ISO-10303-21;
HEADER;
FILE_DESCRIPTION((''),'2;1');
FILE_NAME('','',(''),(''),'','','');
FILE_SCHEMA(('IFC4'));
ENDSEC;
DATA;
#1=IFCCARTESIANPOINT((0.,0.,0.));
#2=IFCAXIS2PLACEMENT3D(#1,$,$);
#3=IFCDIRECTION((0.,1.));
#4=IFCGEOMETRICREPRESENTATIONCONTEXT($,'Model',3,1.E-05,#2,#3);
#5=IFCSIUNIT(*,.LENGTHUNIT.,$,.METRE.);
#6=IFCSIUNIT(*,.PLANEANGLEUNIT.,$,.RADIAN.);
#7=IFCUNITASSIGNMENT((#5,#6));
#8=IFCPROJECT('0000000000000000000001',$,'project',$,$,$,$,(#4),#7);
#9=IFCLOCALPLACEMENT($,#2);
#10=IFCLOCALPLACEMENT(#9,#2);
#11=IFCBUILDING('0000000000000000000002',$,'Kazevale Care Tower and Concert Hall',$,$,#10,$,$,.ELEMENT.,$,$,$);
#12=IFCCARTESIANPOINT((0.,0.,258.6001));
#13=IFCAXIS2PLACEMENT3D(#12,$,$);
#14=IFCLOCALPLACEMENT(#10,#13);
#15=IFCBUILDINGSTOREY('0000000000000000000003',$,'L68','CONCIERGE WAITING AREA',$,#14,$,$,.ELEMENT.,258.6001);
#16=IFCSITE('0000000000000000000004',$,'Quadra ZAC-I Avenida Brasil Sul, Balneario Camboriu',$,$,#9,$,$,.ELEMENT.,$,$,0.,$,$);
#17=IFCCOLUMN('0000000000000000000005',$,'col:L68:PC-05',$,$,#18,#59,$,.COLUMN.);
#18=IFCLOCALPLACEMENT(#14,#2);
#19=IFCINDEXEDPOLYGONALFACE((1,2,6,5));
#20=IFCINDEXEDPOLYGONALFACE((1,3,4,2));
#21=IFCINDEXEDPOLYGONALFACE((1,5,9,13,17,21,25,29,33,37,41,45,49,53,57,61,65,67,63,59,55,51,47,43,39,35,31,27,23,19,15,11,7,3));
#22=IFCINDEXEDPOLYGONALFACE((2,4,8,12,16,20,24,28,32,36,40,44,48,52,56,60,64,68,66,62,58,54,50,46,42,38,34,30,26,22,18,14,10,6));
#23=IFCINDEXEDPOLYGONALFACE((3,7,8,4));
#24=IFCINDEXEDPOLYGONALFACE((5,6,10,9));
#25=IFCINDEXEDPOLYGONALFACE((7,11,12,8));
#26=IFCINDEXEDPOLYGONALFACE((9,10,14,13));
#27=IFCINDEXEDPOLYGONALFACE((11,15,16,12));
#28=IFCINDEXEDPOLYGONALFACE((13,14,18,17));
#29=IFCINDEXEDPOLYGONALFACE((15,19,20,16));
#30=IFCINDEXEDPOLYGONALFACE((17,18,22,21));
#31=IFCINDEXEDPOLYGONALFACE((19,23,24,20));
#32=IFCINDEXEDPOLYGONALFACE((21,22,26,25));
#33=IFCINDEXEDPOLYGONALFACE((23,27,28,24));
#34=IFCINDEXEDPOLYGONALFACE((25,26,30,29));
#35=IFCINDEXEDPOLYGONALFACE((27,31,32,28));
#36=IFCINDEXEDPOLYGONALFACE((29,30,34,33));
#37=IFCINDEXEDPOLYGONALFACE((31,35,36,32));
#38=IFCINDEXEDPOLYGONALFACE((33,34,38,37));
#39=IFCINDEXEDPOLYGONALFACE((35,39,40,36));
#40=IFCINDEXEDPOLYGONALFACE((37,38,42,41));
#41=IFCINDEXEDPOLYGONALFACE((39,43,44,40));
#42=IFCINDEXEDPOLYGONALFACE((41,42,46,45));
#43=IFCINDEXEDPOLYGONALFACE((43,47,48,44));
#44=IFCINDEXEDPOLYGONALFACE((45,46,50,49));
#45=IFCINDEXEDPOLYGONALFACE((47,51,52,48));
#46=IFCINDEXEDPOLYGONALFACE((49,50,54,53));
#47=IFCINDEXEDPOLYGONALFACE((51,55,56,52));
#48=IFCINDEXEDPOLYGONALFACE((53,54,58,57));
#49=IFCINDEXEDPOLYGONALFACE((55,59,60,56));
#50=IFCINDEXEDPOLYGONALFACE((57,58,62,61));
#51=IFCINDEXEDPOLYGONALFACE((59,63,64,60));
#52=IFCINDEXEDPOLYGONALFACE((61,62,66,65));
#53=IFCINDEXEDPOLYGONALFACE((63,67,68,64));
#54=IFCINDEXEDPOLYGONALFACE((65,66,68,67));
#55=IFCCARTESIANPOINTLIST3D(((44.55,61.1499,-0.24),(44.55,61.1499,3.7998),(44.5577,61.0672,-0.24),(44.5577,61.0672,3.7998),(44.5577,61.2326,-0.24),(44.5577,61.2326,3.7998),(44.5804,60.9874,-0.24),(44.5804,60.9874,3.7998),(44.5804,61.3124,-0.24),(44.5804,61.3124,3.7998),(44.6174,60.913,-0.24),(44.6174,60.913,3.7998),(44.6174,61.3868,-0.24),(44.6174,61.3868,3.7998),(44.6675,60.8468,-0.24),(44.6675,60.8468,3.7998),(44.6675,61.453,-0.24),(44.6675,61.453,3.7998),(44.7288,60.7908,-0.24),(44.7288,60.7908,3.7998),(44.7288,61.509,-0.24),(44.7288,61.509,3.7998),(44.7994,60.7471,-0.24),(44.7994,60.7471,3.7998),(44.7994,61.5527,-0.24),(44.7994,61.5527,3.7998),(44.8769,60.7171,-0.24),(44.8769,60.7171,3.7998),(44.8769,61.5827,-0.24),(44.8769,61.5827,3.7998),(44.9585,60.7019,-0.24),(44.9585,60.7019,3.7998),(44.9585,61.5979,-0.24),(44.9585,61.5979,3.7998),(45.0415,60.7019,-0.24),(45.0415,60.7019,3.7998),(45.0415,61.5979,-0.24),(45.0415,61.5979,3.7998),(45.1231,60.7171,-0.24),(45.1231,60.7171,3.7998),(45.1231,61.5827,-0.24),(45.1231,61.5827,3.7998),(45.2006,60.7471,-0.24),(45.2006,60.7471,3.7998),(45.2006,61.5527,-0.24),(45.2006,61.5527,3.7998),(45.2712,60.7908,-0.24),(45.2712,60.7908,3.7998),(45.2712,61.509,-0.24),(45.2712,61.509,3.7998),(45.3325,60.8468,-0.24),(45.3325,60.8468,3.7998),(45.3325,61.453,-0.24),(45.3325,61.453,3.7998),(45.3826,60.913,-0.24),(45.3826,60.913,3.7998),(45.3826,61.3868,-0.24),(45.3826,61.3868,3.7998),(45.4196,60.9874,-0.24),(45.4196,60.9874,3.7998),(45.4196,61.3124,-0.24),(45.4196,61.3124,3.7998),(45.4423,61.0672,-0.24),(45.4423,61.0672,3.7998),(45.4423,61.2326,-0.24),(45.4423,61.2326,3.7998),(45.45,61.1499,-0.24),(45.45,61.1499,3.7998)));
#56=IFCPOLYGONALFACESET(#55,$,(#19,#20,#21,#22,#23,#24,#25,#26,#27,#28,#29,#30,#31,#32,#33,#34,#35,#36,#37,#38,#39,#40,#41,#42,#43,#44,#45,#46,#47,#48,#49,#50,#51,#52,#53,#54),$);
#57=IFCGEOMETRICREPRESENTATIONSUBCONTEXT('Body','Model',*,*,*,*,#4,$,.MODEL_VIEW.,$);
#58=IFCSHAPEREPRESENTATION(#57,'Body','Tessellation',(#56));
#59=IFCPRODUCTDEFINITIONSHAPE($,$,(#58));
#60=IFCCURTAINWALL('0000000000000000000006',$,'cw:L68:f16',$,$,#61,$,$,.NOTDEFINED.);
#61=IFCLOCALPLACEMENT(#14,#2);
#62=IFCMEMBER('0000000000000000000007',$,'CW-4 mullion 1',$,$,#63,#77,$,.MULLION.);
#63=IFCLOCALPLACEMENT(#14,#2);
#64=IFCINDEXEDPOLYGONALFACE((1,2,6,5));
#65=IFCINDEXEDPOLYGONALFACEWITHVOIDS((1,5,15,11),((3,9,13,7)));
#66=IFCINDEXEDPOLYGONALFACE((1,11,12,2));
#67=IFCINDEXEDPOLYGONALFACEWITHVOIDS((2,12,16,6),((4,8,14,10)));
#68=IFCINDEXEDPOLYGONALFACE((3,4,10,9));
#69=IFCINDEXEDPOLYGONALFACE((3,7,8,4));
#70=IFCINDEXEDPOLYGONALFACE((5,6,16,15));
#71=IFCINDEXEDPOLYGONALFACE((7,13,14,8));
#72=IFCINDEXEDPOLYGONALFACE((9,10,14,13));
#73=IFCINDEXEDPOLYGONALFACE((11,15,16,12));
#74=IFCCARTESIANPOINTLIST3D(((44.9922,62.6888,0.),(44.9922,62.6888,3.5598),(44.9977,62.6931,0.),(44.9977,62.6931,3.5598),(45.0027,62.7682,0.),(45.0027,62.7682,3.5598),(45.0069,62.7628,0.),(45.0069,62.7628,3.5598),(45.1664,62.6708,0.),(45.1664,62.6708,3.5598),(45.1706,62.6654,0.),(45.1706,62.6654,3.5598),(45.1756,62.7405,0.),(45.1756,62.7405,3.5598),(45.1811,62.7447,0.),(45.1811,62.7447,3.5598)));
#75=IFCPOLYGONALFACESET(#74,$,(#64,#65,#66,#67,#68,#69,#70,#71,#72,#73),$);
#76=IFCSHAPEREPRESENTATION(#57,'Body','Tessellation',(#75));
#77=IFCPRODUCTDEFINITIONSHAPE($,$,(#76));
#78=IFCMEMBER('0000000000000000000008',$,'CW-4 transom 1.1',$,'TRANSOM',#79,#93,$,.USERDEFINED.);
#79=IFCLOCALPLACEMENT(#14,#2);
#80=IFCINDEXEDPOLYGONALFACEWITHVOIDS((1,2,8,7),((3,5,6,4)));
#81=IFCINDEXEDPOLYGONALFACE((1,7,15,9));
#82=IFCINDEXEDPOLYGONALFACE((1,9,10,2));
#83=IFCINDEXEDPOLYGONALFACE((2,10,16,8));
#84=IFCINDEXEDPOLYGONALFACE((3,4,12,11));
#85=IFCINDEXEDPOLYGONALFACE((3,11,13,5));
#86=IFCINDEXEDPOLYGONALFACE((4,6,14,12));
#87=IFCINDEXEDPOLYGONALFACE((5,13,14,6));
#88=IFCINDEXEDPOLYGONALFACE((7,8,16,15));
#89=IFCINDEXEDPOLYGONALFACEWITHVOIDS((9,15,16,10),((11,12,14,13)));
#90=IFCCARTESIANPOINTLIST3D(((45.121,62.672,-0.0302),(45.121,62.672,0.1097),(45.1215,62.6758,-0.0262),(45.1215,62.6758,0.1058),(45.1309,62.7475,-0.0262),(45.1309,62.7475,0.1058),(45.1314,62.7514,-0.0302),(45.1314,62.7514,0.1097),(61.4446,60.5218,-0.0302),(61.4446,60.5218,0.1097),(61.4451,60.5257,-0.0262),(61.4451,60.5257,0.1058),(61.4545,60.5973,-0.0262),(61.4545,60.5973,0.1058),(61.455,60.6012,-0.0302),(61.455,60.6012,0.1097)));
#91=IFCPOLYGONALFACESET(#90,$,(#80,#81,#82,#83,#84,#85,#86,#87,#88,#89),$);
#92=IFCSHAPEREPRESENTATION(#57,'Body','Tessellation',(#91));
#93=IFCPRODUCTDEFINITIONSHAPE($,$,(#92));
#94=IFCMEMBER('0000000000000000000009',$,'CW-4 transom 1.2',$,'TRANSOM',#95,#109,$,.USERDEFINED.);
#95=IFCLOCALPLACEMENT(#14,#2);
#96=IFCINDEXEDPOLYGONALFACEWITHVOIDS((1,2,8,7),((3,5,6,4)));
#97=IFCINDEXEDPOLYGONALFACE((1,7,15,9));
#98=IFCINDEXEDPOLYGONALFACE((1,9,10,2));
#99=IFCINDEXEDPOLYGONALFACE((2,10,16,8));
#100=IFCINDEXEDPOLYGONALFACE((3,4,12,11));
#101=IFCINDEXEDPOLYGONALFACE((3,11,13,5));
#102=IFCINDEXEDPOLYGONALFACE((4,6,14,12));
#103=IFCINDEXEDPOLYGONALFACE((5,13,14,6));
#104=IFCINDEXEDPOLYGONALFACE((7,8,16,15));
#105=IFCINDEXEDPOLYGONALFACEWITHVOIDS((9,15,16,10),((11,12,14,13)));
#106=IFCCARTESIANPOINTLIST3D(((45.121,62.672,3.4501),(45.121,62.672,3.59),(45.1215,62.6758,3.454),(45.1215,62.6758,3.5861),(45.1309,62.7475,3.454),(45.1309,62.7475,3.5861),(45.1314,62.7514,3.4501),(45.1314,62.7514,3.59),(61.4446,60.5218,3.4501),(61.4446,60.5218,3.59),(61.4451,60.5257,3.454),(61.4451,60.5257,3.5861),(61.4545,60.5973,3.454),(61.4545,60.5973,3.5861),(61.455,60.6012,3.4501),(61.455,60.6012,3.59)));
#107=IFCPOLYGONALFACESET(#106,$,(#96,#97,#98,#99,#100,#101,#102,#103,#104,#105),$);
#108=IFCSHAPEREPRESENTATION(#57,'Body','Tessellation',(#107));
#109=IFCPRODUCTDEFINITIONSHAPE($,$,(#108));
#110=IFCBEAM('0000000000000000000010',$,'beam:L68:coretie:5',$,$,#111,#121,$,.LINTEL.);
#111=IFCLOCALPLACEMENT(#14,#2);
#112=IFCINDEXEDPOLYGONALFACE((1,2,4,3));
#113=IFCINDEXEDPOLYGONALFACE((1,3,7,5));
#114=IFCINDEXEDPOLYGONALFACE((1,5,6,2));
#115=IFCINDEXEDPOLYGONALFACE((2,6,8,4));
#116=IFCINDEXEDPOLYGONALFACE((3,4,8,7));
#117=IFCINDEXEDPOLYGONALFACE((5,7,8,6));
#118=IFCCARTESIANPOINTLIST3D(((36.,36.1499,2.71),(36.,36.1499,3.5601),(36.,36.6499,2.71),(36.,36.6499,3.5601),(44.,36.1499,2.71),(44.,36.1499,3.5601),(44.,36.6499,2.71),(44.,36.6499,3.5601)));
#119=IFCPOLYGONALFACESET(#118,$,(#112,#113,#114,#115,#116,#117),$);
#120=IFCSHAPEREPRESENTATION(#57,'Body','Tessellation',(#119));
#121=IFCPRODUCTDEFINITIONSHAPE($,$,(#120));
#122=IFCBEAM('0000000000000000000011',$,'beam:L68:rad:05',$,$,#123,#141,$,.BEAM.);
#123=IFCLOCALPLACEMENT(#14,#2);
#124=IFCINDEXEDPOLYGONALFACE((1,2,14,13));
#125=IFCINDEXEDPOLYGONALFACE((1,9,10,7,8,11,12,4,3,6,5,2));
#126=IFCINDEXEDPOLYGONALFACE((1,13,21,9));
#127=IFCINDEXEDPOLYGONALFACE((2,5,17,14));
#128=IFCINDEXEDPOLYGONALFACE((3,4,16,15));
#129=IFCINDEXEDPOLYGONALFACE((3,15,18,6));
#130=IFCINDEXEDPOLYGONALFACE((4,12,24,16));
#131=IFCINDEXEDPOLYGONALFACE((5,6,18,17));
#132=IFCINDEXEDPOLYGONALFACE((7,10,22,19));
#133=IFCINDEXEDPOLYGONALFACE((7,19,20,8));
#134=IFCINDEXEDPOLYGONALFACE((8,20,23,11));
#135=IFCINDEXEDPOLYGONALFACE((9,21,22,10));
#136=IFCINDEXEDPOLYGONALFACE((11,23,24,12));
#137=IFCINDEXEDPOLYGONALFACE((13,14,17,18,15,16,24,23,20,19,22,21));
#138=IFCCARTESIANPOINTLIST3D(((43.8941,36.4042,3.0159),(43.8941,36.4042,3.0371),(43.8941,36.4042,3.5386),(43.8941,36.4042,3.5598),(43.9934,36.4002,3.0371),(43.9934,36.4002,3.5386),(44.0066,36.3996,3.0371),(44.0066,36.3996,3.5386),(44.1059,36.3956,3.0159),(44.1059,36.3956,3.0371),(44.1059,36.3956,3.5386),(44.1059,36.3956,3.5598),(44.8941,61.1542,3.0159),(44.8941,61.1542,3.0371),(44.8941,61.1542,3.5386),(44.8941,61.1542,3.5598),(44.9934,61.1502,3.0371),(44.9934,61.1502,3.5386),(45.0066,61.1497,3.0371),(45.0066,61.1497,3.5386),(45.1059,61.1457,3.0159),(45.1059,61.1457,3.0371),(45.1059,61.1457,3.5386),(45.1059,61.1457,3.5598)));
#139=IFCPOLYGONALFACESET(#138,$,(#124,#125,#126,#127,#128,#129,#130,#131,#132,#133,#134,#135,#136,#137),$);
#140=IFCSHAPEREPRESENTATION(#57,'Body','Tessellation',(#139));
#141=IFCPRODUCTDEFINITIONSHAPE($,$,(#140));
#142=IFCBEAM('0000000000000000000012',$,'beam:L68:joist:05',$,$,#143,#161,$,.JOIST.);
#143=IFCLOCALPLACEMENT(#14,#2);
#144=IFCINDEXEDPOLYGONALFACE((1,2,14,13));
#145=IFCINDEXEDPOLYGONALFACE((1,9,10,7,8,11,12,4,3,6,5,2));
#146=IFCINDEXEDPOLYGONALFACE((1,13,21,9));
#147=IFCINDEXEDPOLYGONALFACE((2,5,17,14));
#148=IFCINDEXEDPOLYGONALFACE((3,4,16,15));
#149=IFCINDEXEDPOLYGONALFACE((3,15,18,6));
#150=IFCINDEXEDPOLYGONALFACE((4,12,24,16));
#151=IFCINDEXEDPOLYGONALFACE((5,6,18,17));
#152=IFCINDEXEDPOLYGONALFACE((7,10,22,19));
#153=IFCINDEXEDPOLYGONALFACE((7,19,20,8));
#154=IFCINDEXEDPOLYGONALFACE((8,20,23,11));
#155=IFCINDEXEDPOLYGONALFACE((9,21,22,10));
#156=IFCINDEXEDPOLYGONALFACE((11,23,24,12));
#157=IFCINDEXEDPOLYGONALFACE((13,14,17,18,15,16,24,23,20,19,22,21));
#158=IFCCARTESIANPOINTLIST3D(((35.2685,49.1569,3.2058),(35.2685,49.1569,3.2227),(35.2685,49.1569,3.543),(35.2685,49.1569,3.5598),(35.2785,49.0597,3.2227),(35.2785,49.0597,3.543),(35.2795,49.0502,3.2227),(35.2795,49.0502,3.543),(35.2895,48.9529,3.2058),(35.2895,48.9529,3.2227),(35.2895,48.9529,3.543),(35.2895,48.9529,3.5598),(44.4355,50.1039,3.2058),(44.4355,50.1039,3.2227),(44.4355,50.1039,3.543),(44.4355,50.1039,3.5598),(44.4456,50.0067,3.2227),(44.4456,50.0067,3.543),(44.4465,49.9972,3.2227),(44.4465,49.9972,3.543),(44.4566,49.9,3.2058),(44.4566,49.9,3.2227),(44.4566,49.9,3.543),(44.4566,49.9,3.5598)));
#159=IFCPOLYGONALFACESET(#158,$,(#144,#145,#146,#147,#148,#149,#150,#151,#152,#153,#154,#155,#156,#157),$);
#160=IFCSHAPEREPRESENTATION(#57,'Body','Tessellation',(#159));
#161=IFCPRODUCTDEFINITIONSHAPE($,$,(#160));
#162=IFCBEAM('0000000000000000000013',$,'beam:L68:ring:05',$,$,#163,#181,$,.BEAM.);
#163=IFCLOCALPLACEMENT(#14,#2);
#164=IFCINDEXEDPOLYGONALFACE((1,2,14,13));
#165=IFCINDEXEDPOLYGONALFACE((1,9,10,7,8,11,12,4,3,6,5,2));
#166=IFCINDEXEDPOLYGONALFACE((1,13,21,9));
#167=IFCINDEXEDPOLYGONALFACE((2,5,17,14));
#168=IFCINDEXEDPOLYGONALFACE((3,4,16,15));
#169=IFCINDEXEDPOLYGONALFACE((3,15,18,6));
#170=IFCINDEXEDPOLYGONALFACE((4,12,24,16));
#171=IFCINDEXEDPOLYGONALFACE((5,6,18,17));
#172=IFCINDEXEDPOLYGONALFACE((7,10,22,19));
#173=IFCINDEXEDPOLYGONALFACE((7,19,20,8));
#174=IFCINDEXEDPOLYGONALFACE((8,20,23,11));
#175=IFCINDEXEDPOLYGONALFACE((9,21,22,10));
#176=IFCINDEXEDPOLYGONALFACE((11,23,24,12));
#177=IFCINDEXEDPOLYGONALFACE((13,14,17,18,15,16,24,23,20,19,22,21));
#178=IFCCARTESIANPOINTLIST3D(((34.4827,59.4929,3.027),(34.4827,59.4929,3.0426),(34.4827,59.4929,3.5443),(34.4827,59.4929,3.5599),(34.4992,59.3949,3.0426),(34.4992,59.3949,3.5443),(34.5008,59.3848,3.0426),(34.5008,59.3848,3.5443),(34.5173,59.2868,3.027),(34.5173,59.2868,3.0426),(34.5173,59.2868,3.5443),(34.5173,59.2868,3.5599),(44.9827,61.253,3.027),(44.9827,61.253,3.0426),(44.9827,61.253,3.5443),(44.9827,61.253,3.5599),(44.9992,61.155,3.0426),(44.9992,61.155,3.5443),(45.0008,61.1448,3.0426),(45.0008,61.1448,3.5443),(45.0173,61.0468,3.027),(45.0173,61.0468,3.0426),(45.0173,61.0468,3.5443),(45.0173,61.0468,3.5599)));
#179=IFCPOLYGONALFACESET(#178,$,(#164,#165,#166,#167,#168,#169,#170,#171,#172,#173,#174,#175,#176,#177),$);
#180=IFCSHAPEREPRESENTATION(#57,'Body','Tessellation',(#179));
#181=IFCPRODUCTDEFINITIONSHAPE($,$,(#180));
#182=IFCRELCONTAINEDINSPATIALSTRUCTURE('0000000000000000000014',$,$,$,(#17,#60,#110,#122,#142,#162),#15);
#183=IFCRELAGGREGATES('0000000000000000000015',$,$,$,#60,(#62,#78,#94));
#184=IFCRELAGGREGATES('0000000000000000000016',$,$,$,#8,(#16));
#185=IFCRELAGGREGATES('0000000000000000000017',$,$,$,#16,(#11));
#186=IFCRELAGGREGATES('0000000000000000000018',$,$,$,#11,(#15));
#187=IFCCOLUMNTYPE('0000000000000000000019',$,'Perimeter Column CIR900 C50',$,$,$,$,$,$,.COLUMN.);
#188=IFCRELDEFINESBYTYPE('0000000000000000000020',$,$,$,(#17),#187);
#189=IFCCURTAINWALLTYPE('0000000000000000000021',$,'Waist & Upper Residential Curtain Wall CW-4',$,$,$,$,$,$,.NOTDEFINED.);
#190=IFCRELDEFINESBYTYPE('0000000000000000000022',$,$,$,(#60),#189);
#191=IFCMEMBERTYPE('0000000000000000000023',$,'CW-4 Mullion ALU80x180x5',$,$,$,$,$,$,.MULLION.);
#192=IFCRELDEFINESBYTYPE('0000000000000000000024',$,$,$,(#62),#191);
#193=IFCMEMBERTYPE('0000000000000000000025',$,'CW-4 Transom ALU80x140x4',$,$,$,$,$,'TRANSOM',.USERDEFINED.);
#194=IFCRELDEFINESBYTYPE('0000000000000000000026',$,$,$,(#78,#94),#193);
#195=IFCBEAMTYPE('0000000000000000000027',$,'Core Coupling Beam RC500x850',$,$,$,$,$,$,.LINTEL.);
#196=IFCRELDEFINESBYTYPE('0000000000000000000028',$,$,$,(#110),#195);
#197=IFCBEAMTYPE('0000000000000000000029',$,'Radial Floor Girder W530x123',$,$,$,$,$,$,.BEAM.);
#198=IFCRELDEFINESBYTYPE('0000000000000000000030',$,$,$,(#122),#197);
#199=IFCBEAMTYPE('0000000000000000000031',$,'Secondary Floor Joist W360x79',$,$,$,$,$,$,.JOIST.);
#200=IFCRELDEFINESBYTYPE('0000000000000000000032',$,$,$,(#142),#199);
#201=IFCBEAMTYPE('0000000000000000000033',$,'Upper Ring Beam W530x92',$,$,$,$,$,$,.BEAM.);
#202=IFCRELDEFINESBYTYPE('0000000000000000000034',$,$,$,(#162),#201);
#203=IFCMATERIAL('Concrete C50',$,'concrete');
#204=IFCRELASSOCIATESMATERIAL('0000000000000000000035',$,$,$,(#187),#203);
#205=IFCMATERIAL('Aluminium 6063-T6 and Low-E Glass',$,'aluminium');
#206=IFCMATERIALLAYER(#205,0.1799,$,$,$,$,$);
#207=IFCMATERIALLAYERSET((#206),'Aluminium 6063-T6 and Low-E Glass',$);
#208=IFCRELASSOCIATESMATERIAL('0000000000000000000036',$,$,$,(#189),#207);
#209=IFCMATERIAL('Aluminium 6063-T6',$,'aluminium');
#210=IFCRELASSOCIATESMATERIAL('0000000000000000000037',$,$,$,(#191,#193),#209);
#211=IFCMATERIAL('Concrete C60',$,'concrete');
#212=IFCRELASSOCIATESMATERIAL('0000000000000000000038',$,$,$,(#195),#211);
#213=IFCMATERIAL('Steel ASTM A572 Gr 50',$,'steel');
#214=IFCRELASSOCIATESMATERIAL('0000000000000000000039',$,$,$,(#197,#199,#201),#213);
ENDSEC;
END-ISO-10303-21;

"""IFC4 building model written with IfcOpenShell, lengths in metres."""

from ifc_helpers import new_model, si_unit, direction, frame, origin, origin_2d, place, context, subcontext, project, spatial, rectangle, hollow_rectangle, circle, i_section, extrude, material, layer, layer_set, material_profile, profile_set, type_object, element, aggregate, save


model = new_model("IFC4")

# Units and contexts
model_context = context("Model", 3, precision=1e-05, world=origin(), true_north=direction((0.0, 1.0)))
body_context = subcontext(model_context, "Body", "Model", "MODEL_VIEW")
ifc_project = project(units=[si_unit("LENGTHUNIT", "METRE"), si_unit("PLANEANGLEUNIT", "RADIAN")], contexts=[model_context])

# Site, building, storey
site_placement = place(None, origin())
site = spatial("IfcSite", under=ifc_project, at=site_placement, Name="Quadra ZAC-I Avenida Brasil Sul, Balneario Camboriu", CompositionType="ELEMENT", RefElevation=0.0)
building_placement = place(site_placement, origin())
building = spatial("IfcBuilding", under=site, at=building_placement, Name="Kazevale Care Tower and Concert Hall", CompositionType="ELEMENT")
storey_placement = place(building_placement, frame((0.0, 0.0, 258.6001)))
storey = spatial("IfcBuildingStorey", under=building, at=storey_placement, Name="L68", Description="CONCIERGE WAITING AREA", CompositionType="ELEMENT", Elevation=258.6001)

# Column
ifc_material_1 = material(Name="Concrete C50", Category="concrete")
ifc_material_profile_1 = material_profile(ifc_material_1, circle(Radius=0.45, at=origin_2d()), Name="RC-CIR900")
ifc_profile_set_1 = profile_set([ifc_material_profile_1], Name="Concrete C50")
column_type = type_object("IfcColumnType", Name="Perimeter Column CIR900 C50", PredefinedType="COLUMN", material=ifc_profile_set_1)
column_placement = place(storey_placement, frame((45.0, 61.1499, -0.24), z_axis=(0.0, 0.0, 1.0), x_axis=(1.0, 0.0, 0.0)))
element("IfcColumn", 1, at=column_placement, inside=storey, type_object=column_type, Name="col:L68:PC-05", PredefinedType="COLUMN", context=body_context, shape_type="SweptSolid", body=[
    extrude(circle(Radius=0.45, at=origin_2d()), origin(), (0.0, 0.0, 1.0), 4.0398),
])

# Curtain wall, members
ifc_material_2 = material(Name="Aluminium 6063-T6 and Low-E Glass", Category="aluminium")
ifc_layer_1 = layer(ifc_material_2, 0.1799)
ifc_layer_set_1 = layer_set([ifc_layer_1], Name="Aluminium 6063-T6 and Low-E Glass")
curtain_wall_type = type_object("IfcCurtainWallType", Name="Waist & Upper Residential Curtain Wall CW-4", PredefinedType="NOTDEFINED", material=ifc_layer_set_1)
curtain_wall_placement = place(storey_placement, origin())
curtain_wall = element("IfcCurtainWall", 2, at=curtain_wall_placement, inside=storey, type_object=curtain_wall_type, Name="cw:L68:f16", PredefinedType="NOTDEFINED")
ifc_material_3 = material(Name="Aluminium 6063-T6", Category="aluminium")
ifc_material_profile_2 = material_profile(ifc_material_3, hollow_rectangle(XDim=0.0801, YDim=0.1799, WallThickness=0.0049, at=origin_2d()), Name="ALU80x180x5")
ifc_profile_set_2 = profile_set([ifc_material_profile_2], Name="Aluminium 6063-T6")
member_type_1 = type_object("IfcMemberType", Name="CW-4 Mullion ALU80x180x5", PredefinedType="MULLION", material=ifc_profile_set_2)
member_1_placement = place(storey_placement, frame((45.0867, 62.7168, 0.0), z_axis=(0.0, 0.0, 1.0), x_axis=(0.130591, 0.991436, 0.0)))
member_1 = element("IfcMember", 3, at=member_1_placement, type_object=member_type_1, Name="CW-4 mullion 1", PredefinedType="MULLION", context=body_context, shape_type="SweptSolid", body=[
    extrude(hollow_rectangle(XDim=0.0801, YDim=0.1799, WallThickness=0.0049, at=origin_2d()), origin(), (0.0, 0.0, 1.0), 3.5598),
])
ifc_material_profile_3 = material_profile(ifc_material_3, hollow_rectangle(XDim=0.0801, YDim=0.1399, WallThickness=0.0039, at=origin_2d()), Name="ALU80x140x4")
ifc_profile_set_3 = profile_set([ifc_material_profile_3], Name="Aluminium 6063-T6")
member_type_2 = type_object("IfcMemberType", Name="CW-4 Transom ALU80x140x4", ElementType="TRANSOM", PredefinedType="USERDEFINED", material=ifc_profile_set_3)
member_2_placement = place(storey_placement, frame((45.1262, 62.7117, 0.0398), z_axis=(0.991436, -0.130593, 0.0), x_axis=(0.130593, 0.991436, 0.0)))
member_2 = element("IfcMember", 4, at=member_2_placement, type_object=member_type_2, Name="CW-4 transom 1.1", ObjectType="TRANSOM", PredefinedType="USERDEFINED", context=body_context, shape_type="SweptSolid", body=[
    extrude(hollow_rectangle(XDim=0.0801, YDim=0.1399, WallThickness=0.0039, at=origin_2d()), origin(), (0.0, 0.0, 1.0), 16.4646),
])
member_3_placement = place(storey_placement, frame((45.1262, 62.7117, 3.52), z_axis=(0.991436, -0.130593, 0.0), x_axis=(0.130593, 0.991436, 0.0)))
member_3 = element("IfcMember", 5, at=member_3_placement, type_object=member_type_2, Name="CW-4 transom 1.2", ObjectType="TRANSOM", PredefinedType="USERDEFINED", context=body_context, shape_type="SweptSolid", body=[
    extrude(hollow_rectangle(XDim=0.0801, YDim=0.1399, WallThickness=0.0039, at=origin_2d()), origin(), (0.0, 0.0, 1.0), 16.4646),
])
aggregate(curtain_wall, [member_1, member_2, member_3])

# Beams
ifc_material_4 = material(Name="Concrete C60", Category="concrete")
ifc_material_profile_4 = material_profile(ifc_material_4, rectangle(XDim=0.5, YDim=0.8501, at=origin_2d()), Name="RC-B500x850")
ifc_profile_set_4 = profile_set([ifc_material_profile_4], Name="Concrete C60")
beam_type_1 = type_object("IfcBeamType", Name="Core Coupling Beam RC500x850", PredefinedType="LINTEL", material=ifc_profile_set_4)
beam_1_placement = place(storey_placement, frame((44.0, 36.3999, 3.135), z_axis=(-1.0, 0.0, 0.0), x_axis=(0.0, -1.0, 0.0)))
element("IfcBeam", 6, at=beam_1_placement, inside=storey, type_object=beam_type_1, Name="beam:L68:coretie:5", PredefinedType="LINTEL", context=body_context, shape_type="SweptSolid", body=[
    extrude(rectangle(XDim=0.5, YDim=0.8501, at=origin_2d()), origin(), (0.0, 0.0, 1.0), 8.0),
])
ifc_material_5 = material(Name="Steel ASTM A572 Gr 50", Category="steel")
ifc_material_profile_5 = material_profile(ifc_material_5, i_section(OverallWidth=0.2119, OverallDepth=0.5439, WebThickness=0.0132, FlangeThickness=0.0212, at=origin_2d()), Name="W530x123")
ifc_profile_set_5 = profile_set([ifc_material_profile_5], Name="Steel ASTM A572 Gr 50")
beam_type_2 = type_object("IfcBeamType", Name="Radial Floor Girder W530x123", PredefinedType="BEAM", material=ifc_profile_set_5)
beam_2_placement = place(storey_placement, frame((44.0, 36.3999, 3.2878), z_axis=(0.040371, 0.999185, 0.0), x_axis=(-0.999185, 0.040371, 0.0)))
element("IfcBeam", 7, at=beam_2_placement, inside=storey, type_object=beam_type_2, Name="beam:L68:rad:05", PredefinedType="BEAM", context=body_context, shape_type="SweptSolid", body=[
    extrude(i_section(OverallWidth=0.2119, OverallDepth=0.5439, WebThickness=0.0132, FlangeThickness=0.0212, at=origin_2d()), origin(), (0.0, 0.0, 1.0), 24.7703),
])
ifc_material_profile_6 = material_profile(ifc_material_5, i_section(OverallWidth=0.2051, OverallDepth=0.354, WebThickness=0.0095, FlangeThickness=0.0168, at=origin_2d()), Name="W360x79")
ifc_profile_set_6 = profile_set([ifc_material_profile_6], Name="Steel ASTM A572 Gr 50")
beam_type_3 = type_object("IfcBeamType", Name="Secondary Floor Joist W360x79", PredefinedType="JOIST", material=ifc_profile_set_6)
beam_3_placement = place(storey_placement, frame((44.446, 50.002, 3.3828), z_axis=(-0.994706, -0.102761, 0.0), x_axis=(0.102761, -0.994706, 0.0)))
element("IfcBeam", 8, at=beam_3_placement, inside=storey, type_object=beam_type_3, Name="beam:L68:joist:05", PredefinedType="JOIST", context=body_context, shape_type="SweptSolid", body=[
    extrude(i_section(OverallWidth=0.2051, OverallDepth=0.354, WebThickness=0.0095, FlangeThickness=0.0168, at=origin_2d()), origin(), (0.0, 0.0, 1.0), 9.2158),
])
ifc_material_profile_7 = material_profile(ifc_material_5, i_section(OverallWidth=0.209, OverallDepth=0.533, WebThickness=0.0103, FlangeThickness=0.0156, at=origin_2d()), Name="W530x92")
ifc_profile_set_7 = profile_set([ifc_material_profile_7], Name="Steel ASTM A572 Gr 50")
beam_type_4 = type_object("IfcBeamType", Name="Upper Ring Beam W530x92", PredefinedType="BEAM", material=ifc_profile_set_7)
beam_4_placement = place(storey_placement, frame((45.0, 61.1499, 3.2935), z_axis=(-0.986241, -0.165314, 0.0), x_axis=(0.165314, -0.986241, 0.0)))
element("IfcBeam", 9, at=beam_4_placement, inside=storey, type_object=beam_type_4, Name="beam:L68:ring:05", PredefinedType="BEAM", context=body_context, shape_type="SweptSolid", body=[
    extrude(i_section(OverallWidth=0.209, OverallDepth=0.533, WebThickness=0.0103, FlangeThickness=0.0156, at=origin_2d()), origin(), (0.0, 0.0, 1.0), 10.6465),
])

save(model, "model.ifc")
